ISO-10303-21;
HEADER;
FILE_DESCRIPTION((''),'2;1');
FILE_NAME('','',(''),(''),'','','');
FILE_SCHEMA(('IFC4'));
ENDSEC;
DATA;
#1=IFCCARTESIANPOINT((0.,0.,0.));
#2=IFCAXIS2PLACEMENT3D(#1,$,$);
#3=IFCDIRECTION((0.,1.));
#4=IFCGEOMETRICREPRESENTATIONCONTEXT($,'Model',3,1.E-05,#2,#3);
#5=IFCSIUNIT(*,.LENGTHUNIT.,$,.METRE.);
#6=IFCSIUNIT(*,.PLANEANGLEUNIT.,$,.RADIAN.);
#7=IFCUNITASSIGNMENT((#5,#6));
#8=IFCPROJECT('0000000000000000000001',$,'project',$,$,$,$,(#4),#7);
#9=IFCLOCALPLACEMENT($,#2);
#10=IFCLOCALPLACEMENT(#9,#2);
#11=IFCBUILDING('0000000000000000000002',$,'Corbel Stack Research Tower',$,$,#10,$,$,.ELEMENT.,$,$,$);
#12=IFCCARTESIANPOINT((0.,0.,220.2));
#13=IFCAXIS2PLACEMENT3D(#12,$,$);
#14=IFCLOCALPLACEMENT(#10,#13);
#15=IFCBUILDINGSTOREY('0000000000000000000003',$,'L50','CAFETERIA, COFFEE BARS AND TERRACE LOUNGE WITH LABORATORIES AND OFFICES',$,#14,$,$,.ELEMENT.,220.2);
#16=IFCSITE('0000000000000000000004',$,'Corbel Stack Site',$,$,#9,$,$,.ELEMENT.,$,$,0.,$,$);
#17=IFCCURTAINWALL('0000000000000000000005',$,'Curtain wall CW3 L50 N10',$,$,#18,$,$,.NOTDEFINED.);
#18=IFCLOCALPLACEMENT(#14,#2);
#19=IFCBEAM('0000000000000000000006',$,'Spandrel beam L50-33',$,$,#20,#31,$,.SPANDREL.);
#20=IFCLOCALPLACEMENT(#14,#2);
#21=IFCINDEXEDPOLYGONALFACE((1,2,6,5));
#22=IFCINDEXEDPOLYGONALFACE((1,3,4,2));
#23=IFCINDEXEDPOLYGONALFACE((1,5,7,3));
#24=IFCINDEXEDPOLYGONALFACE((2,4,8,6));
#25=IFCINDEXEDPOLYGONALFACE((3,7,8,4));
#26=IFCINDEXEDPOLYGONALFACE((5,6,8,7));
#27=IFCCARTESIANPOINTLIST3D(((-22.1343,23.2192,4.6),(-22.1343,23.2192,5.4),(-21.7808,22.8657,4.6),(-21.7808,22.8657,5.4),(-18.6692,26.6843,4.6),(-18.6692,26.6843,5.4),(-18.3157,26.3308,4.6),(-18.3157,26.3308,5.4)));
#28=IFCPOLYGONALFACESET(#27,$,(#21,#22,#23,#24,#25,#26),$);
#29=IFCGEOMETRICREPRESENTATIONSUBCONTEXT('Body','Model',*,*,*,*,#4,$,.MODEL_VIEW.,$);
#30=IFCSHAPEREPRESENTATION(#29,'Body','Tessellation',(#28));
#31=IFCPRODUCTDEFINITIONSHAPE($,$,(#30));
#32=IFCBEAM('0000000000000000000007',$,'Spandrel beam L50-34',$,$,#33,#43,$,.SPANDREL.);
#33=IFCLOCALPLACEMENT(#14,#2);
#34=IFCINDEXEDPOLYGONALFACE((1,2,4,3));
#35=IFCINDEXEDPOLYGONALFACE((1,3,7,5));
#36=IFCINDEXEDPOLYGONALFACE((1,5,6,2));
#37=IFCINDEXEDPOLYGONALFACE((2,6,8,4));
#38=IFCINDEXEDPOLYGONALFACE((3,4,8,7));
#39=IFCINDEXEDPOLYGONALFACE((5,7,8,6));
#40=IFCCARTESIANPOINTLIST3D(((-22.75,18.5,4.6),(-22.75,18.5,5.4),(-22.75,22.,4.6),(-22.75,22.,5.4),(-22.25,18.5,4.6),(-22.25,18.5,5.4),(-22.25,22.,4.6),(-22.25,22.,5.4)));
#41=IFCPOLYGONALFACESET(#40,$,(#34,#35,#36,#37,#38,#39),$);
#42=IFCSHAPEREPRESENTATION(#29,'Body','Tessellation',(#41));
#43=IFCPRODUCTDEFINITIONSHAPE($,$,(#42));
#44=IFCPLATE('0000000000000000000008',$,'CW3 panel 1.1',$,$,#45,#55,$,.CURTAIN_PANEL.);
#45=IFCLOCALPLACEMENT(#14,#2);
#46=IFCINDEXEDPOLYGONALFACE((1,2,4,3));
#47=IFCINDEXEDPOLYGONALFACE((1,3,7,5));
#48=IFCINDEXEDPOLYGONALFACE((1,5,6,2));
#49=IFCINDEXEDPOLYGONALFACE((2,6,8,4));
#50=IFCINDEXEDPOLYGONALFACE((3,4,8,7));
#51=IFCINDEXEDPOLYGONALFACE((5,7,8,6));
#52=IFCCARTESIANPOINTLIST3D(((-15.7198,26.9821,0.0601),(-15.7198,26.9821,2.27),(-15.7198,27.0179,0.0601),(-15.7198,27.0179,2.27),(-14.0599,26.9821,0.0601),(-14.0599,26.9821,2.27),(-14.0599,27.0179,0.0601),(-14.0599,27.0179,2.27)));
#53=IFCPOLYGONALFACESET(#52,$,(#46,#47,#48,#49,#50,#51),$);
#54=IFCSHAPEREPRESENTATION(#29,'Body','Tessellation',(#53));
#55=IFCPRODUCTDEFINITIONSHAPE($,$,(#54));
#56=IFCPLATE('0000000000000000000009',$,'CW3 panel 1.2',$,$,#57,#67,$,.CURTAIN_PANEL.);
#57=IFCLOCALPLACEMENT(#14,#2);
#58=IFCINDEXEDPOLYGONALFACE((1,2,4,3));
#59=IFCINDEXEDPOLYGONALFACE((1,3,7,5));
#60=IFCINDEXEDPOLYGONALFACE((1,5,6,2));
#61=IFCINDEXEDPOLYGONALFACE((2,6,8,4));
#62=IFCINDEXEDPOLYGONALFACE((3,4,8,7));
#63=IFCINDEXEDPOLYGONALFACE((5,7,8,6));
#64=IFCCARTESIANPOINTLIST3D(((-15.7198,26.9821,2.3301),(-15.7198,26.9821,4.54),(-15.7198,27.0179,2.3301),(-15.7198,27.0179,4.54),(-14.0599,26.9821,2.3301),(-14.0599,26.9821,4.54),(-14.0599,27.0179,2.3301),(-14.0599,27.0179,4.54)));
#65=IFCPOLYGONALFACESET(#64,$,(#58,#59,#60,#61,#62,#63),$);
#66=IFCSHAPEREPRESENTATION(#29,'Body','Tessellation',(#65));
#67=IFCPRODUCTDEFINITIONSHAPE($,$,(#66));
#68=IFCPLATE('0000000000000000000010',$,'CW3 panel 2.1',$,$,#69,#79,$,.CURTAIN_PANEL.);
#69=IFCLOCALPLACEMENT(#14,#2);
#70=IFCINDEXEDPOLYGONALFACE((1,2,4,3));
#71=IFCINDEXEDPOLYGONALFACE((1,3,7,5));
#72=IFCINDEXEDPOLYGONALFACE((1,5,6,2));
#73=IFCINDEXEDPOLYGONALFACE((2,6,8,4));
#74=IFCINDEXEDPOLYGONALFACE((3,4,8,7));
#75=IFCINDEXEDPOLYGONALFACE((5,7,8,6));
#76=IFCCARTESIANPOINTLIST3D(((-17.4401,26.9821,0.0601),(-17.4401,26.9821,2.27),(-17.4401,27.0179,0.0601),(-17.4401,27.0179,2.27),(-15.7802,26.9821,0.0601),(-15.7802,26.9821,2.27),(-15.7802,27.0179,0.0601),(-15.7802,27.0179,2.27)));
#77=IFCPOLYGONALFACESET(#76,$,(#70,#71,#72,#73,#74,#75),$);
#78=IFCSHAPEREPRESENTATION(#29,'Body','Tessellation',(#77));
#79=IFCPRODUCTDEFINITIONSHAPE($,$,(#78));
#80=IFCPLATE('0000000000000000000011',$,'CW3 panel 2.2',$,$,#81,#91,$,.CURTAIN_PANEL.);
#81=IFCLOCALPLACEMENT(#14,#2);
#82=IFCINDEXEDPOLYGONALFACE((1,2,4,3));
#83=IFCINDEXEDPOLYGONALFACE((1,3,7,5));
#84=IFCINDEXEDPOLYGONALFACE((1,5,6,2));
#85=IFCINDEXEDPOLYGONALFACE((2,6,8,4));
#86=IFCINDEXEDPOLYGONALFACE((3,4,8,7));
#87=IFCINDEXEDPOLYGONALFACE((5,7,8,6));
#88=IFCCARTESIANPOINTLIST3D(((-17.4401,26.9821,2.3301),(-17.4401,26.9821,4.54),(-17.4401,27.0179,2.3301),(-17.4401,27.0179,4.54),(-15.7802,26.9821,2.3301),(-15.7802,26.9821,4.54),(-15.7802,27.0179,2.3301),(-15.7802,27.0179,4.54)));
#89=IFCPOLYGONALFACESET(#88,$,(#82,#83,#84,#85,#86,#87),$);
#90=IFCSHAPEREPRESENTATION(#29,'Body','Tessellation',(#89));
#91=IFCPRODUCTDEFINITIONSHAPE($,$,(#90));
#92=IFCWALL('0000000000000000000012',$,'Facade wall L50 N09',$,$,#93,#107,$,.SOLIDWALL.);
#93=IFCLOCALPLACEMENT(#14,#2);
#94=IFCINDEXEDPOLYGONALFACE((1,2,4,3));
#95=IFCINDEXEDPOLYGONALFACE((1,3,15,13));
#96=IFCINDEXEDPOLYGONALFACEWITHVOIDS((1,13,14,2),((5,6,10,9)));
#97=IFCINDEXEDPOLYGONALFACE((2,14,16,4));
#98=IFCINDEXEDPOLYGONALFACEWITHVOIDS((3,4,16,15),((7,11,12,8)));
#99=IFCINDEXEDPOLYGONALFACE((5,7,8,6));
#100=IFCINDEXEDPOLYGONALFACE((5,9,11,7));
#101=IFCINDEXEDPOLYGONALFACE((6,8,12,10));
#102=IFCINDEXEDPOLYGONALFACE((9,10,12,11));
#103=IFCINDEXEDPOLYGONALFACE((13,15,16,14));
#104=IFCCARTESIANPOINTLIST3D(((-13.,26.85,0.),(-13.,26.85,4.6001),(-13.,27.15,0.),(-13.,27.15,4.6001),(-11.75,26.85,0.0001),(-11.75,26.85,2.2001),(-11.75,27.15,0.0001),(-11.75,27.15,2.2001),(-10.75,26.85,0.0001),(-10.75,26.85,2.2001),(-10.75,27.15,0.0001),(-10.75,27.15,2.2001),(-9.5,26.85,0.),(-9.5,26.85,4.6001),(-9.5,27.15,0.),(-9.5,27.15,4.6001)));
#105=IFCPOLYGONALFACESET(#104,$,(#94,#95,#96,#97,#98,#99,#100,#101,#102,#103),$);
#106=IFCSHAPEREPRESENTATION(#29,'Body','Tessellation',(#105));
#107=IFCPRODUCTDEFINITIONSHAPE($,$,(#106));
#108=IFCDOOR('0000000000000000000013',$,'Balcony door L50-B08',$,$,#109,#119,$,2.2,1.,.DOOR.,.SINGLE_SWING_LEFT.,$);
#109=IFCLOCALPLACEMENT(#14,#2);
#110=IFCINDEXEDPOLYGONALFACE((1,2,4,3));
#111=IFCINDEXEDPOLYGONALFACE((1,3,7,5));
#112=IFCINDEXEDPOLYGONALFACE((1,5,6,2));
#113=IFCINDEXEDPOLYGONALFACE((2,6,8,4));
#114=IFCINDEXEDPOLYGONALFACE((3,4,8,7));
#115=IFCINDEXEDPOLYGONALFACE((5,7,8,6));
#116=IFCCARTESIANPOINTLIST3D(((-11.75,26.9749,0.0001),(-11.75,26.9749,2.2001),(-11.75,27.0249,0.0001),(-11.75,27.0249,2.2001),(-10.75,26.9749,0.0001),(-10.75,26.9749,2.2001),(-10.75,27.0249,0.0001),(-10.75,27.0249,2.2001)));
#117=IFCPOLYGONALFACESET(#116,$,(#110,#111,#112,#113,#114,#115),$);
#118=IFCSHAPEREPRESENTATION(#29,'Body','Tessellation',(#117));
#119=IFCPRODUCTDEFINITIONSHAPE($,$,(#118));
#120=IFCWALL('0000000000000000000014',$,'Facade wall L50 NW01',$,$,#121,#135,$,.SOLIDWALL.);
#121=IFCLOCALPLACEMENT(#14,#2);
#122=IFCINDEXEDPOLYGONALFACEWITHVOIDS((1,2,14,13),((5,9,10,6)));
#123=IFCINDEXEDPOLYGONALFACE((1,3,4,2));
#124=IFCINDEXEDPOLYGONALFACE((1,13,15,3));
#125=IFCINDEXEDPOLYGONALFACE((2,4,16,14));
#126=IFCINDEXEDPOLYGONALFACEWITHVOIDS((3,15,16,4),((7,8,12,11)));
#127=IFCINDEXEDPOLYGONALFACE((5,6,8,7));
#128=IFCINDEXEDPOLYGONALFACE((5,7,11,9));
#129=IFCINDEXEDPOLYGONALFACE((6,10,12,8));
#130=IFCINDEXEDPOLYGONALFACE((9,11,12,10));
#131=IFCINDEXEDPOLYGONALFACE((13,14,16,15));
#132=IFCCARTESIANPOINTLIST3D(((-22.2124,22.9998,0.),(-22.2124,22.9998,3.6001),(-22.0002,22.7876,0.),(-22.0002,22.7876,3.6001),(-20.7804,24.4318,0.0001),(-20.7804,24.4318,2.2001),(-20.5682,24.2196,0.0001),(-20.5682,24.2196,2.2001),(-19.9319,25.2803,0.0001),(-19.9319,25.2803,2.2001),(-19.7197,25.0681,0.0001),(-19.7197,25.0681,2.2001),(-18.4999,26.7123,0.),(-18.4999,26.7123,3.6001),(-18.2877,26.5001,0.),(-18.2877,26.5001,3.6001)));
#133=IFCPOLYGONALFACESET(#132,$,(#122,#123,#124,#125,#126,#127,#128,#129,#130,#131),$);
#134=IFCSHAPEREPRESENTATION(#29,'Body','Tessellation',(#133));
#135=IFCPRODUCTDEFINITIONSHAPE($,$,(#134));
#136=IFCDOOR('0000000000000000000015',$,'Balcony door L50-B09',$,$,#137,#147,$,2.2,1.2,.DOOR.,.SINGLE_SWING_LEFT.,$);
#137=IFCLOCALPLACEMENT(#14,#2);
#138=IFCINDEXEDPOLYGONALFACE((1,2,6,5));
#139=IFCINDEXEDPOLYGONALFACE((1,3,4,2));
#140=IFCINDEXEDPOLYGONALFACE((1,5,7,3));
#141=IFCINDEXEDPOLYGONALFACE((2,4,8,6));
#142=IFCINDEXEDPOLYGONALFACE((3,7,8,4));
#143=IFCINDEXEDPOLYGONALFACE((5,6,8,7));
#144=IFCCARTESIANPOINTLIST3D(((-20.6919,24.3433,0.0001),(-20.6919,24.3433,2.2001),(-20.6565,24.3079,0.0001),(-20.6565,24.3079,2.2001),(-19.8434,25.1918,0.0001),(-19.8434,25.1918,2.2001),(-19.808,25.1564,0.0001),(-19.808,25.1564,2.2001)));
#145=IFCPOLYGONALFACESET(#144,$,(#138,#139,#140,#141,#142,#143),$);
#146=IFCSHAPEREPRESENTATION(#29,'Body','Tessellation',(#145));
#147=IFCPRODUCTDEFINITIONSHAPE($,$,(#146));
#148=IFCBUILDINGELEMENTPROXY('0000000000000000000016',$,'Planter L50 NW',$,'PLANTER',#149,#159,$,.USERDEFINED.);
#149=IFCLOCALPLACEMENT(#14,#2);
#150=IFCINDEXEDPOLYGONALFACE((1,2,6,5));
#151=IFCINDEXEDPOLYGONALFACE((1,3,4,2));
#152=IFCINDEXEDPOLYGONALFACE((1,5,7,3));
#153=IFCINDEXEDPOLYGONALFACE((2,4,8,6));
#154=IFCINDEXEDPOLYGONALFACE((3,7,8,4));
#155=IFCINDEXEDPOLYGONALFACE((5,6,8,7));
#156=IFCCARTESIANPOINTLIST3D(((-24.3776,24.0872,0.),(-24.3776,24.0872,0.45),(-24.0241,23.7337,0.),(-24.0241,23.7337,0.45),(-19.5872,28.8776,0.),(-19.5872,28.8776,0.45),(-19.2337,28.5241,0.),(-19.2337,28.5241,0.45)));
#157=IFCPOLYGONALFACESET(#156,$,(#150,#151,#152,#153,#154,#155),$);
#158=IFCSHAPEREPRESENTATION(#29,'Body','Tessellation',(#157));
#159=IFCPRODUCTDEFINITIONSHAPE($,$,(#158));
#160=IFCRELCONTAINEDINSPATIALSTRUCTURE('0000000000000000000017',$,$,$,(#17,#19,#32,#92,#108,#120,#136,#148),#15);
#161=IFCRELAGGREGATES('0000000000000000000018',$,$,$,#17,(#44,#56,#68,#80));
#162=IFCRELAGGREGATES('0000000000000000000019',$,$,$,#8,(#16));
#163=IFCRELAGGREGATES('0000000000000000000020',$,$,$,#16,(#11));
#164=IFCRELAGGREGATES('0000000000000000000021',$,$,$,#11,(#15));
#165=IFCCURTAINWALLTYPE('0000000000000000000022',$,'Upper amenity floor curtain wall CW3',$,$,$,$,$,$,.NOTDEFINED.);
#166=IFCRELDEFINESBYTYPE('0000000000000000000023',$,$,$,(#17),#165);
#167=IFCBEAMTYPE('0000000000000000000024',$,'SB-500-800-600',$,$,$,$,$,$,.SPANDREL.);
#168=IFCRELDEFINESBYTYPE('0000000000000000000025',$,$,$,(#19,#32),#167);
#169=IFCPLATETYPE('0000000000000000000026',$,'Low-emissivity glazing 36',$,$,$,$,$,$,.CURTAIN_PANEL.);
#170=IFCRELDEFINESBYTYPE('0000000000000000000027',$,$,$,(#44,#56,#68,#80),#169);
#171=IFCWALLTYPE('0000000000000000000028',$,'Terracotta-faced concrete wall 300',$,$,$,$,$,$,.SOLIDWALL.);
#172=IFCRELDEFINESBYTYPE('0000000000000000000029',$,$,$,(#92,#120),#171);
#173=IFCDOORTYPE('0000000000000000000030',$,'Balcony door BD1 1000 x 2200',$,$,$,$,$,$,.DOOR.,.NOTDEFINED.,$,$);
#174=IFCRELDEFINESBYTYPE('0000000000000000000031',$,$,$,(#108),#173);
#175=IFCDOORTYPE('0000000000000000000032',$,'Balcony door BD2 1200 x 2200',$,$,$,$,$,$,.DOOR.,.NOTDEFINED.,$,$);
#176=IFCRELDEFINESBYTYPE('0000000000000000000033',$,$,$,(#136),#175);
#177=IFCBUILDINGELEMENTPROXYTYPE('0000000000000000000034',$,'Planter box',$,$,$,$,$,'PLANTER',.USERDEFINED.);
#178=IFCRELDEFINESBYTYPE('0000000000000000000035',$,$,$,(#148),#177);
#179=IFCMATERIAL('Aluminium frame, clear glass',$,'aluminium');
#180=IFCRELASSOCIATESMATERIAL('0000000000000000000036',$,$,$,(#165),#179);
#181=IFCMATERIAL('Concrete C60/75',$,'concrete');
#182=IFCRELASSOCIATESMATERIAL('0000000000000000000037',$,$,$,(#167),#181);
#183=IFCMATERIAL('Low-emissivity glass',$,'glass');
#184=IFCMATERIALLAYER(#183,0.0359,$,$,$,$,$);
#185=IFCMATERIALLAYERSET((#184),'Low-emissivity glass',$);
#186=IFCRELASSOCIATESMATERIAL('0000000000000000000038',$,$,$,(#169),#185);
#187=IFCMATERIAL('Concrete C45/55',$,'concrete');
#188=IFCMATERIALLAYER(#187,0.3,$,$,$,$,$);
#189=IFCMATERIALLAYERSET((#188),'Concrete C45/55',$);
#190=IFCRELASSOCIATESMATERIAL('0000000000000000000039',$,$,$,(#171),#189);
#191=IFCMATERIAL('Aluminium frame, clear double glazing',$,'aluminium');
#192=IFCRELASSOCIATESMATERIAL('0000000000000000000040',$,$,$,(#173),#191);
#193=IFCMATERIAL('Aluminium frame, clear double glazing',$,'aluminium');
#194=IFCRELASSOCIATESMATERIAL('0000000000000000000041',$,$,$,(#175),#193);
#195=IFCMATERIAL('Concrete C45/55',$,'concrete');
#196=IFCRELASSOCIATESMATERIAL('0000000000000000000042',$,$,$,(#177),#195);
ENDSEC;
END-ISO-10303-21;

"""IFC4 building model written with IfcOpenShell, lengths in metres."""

from ifc_helpers import new_model, si_unit, direction, frame, frame_2d, origin, origin_2d, place, context, subcontext, project, spatial, rectangle, extrude, material, layer, layer_set, material_profile, profile_set, type_object, element, fill, aggregate, save


model = new_model("IFC4")

# Units and contexts
model_context = context("Model", 3, precision=1e-05, world=origin(), true_north=direction((0.0, 1.0)))
body_context = subcontext(model_context, "Body", "Model", "MODEL_VIEW")
ifc_project = project(units=[si_unit("LENGTHUNIT", "METRE"), si_unit("PLANEANGLEUNIT", "RADIAN")], contexts=[model_context])

# Site, building, storey
site_placement = place(None, origin())
site = spatial("IfcSite", under=ifc_project, at=site_placement, Name="Corbel Stack Site", CompositionType="ELEMENT", RefElevation=0.0)
building_placement = place(site_placement, origin())
building = spatial("IfcBuilding", under=site, at=building_placement, Name="Corbel Stack Research Tower", CompositionType="ELEMENT")
storey_placement = place(building_placement, frame((0.0, 0.0, 220.2)))
storey = spatial("IfcBuildingStorey", under=building, at=storey_placement, Name="L50", Description="CAFETERIA, COFFEE BARS AND TERRACE LOUNGE WITH LABORATORIES AND OFFICES", CompositionType="ELEMENT", Elevation=220.2)

# Curtain wall
ifc_material_1 = material(Name="Aluminium frame, clear glass", Category="aluminium")
curtain_wall_type = type_object("IfcCurtainWallType", Name="Upper amenity floor curtain wall CW3", PredefinedType="NOTDEFINED", material=ifc_material_1)
curtain_wall_placement = place(storey_placement, origin())
curtain_wall = element("IfcCurtainWall", 1, at=curtain_wall_placement, inside=storey, type_object=curtain_wall_type, Name="Curtain wall CW3 L50 N10", PredefinedType="NOTDEFINED")

# Beams
ifc_material_2 = material(Name="Concrete C60/75", Category="concrete")
ifc_material_profile_1 = material_profile(ifc_material_2, rectangle(XDim=0.5, YDim=0.8, at=origin_2d()), Name="RC 500 x 800")
ifc_profile_set_1 = profile_set([ifc_material_profile_1], Name="Concrete C60/75")
beam_type = type_object("IfcBeamType", Name="SB-500-800-600", PredefinedType="SPANDREL", material=ifc_profile_set_1)
beam_1_placement = place(storey_placement, frame((-18.4924, 26.5076, 5.0), z_axis=(-0.707107, -0.707107, 0.0), x_axis=(0.707107, -0.707107, 0.0)))
element("IfcBeam", 2, at=beam_1_placement, inside=storey, type_object=beam_type, Name="Spandrel beam L50-33", PredefinedType="SPANDREL", context=body_context, shape_type="SweptSolid", body=[
    extrude(rectangle(XDim=0.5, YDim=0.8, at=origin_2d()), origin(), (0.0, 0.0, 1.0), 4.9004),
])
beam_2_placement = place(storey_placement, frame((-22.5, 22.0, 5.0), z_axis=(0.0, -1.0, 0.0), x_axis=(1.0, 0.0, 0.0)))
element("IfcBeam", 3, at=beam_2_placement, inside=storey, type_object=beam_type, Name="Spandrel beam L50-34", PredefinedType="SPANDREL", context=body_context, shape_type="SweptSolid", body=[
    extrude(rectangle(XDim=0.5, YDim=0.8, at=origin_2d()), origin(), (0.0, 0.0, 1.0), 3.5),
])

# Plates
ifc_material_3 = material(Name="Low-emissivity glass", Category="glass")
ifc_layer_1 = layer(ifc_material_3, 0.0359)
ifc_layer_set_1 = layer_set([ifc_layer_1], Name="Low-emissivity glass")
plate_type = type_object("IfcPlateType", Name="Low-emissivity glazing 36", PredefinedType="CURTAIN_PANEL", material=ifc_layer_set_1)
plate_1_placement = place(storey_placement, frame((-14.8899, 27.0, 0.0601), z_axis=(0.0, 0.0, 1.0), x_axis=(-1.0, 0.0, 0.0)))
plate_1 = element("IfcPlate", 4, at=plate_1_placement, type_object=plate_type, Name="CW3 panel 1.1", PredefinedType="CURTAIN_PANEL", context=body_context, shape_type="SweptSolid", body=[
    extrude(rectangle(XDim=1.6599, YDim=0.0359, at=origin_2d()), origin(), (0.0, 0.0, 1.0), 2.21),
])
plate_2_placement = place(storey_placement, frame((-14.8899, 27.0, 2.3301), z_axis=(0.0, 0.0, 1.0), x_axis=(-1.0, 0.0, 0.0)))
plate_2 = element("IfcPlate", 5, at=plate_2_placement, type_object=plate_type, Name="CW3 panel 1.2", PredefinedType="CURTAIN_PANEL", context=body_context, shape_type="SweptSolid", body=[
    extrude(rectangle(XDim=1.6599, YDim=0.0359, at=origin_2d()), origin(), (0.0, 0.0, 1.0), 2.21),
])
plate_3_placement = place(storey_placement, frame((-16.6101, 27.0, 0.0601), z_axis=(0.0, 0.0, 1.0), x_axis=(-1.0, 0.0, 0.0)))
plate_3 = element("IfcPlate", 6, at=plate_3_placement, type_object=plate_type, Name="CW3 panel 2.1", PredefinedType="CURTAIN_PANEL", context=body_context, shape_type="SweptSolid", body=[
    extrude(rectangle(XDim=1.6599, YDim=0.0359, at=origin_2d()), origin(), (0.0, 0.0, 1.0), 2.21),
])
plate_4_placement = place(storey_placement, frame((-16.6101, 27.0, 2.3301), z_axis=(0.0, 0.0, 1.0), x_axis=(-1.0, 0.0, 0.0)))
plate_4 = element("IfcPlate", 7, at=plate_4_placement, type_object=plate_type, Name="CW3 panel 2.2", PredefinedType="CURTAIN_PANEL", context=body_context, shape_type="SweptSolid", body=[
    extrude(rectangle(XDim=1.6599, YDim=0.0359, at=origin_2d()), origin(), (0.0, 0.0, 1.0), 2.21),
])
aggregate(curtain_wall, [plate_1, plate_2, plate_3, plate_4])

# Walls, openings, doors
ifc_material_4 = material(Name="Concrete C45/55", Category="concrete")
ifc_layer_2 = layer(ifc_material_4, 0.3)
ifc_layer_set_2 = layer_set([ifc_layer_2], Name="Concrete C45/55")
wall_type = type_object("IfcWallType", Name="Terracotta-faced concrete wall 300", PredefinedType="SOLIDWALL", material=ifc_layer_set_2)
wall_1_placement = place(storey_placement, frame((-13.0, 27.0, 0.0), z_axis=(0.0, 0.0, 1.0), x_axis=(1.0, 0.0, 0.0)))
wall_1 = element("IfcWall", 8, at=wall_1_placement, inside=storey, type_object=wall_type, Name="Facade wall L50 N09", PredefinedType="SOLIDWALL", context=body_context, shape_type="SweptSolid", body=[
    extrude(rectangle(XDim=3.5, YDim=0.3, at=frame_2d((1.75, 0.0))), origin(), (0.0, 0.0, 1.0), 4.6001),
])
opening_1_placement = place(wall_1_placement, frame((1.25, 0.0, 0.0)))
opening_1 = element("IfcOpeningElement", 9, at=opening_1_placement, cuts=wall_1, PredefinedType="OPENING", context=body_context, shape_type="SweptSolid", body=[
    extrude(rectangle(XDim=1.0, YDim=2.2, at=frame_2d((0.5, 1.1001))), frame((0.0, 0.1599, 0.0), z_axis=(0.0, -1.0, 0.0), x_axis=(1.0, 0.0, 0.0)), (0.0, 0.0, 1.0), 0.3201),
])
ifc_material_5 = material(Name="Aluminium frame, clear double glazing", Category="aluminium")
door_type_1 = type_object("IfcDoorType", Name="Balcony door BD1 1000 x 2200", OperationType="NOTDEFINED", PredefinedType="DOOR", material=ifc_material_5)
door_1_placement = place(opening_1_placement, origin())
door_1 = element("IfcDoor", 10, at=door_1_placement, inside=storey, type_object=door_type_1, Name="Balcony door L50-B08", OperationType="SINGLE_SWING_LEFT", OverallHeight=2.2, OverallWidth=1.0, PredefinedType="DOOR", context=body_context, shape_type="SweptSolid", body=[
    extrude(rectangle(XDim=1.0, YDim=2.2, at=frame_2d((0.5, 1.1001))), frame((0.0, 0.0249, 0.0), z_axis=(0.0, -1.0, 0.0), x_axis=(1.0, 0.0, 0.0)), (0.0, 0.0, 1.0), 0.05),
])
fill(opening_1, door_1)
wall_2_placement = place(storey_placement, frame((-22.1062, 22.8938, 0.0), z_axis=(0.0, 0.0, 1.0), x_axis=(0.707107, 0.707107, 0.0)))
wall_2 = element("IfcWall", 11, at=wall_2_placement, inside=storey, type_object=wall_type, Name="Facade wall L50 NW01", PredefinedType="SOLIDWALL", context=body_context, shape_type="SweptSolid", body=[
    extrude(rectangle(XDim=5.2502, YDim=0.3, at=frame_2d((2.625, 0.0))), origin(), (0.0, 0.0, 1.0), 3.6001),
])
opening_2_placement = place(wall_2_placement, frame((2.0249, 0.0, 0.0)))
opening_2 = element("IfcOpeningElement", 12, at=opening_2_placement, cuts=wall_2, PredefinedType="OPENING", context=body_context, shape_type="SweptSolid", body=[
    extrude(rectangle(XDim=1.2, YDim=2.2, at=frame_2d((0.6001, 1.1001))), frame((0.0, 0.1599, 0.0), z_axis=(0.0, -1.0, 0.0), x_axis=(1.0, 0.0, 0.0)), (0.0, 0.0, 1.0), 0.3201),
])
ifc_material_6 = material(Name="Aluminium frame, clear double glazing", Category="aluminium")
door_type_2 = type_object("IfcDoorType", Name="Balcony door BD2 1200 x 2200", OperationType="NOTDEFINED", PredefinedType="DOOR", material=ifc_material_6)
door_2_placement = place(opening_2_placement, origin())
door_2 = element("IfcDoor", 13, at=door_2_placement, inside=storey, type_object=door_type_2, Name="Balcony door L50-B09", OperationType="SINGLE_SWING_LEFT", OverallHeight=2.2, OverallWidth=1.2, PredefinedType="DOOR", context=body_context, shape_type="SweptSolid", body=[
    extrude(rectangle(XDim=1.2, YDim=2.2, at=frame_2d((0.6001, 1.1001))), frame((0.0, 0.0249, 0.0), z_axis=(0.0, -1.0, 0.0), x_axis=(1.0, 0.0, 0.0)), (0.0, 0.0, 1.0), 0.05),
])
fill(opening_2, door_2)

# Building element proxy
ifc_material_7 = material(Name="Concrete C45/55", Category="concrete")
building_element_proxy_type = type_object("IfcBuildingElementProxyType", Name="Planter box", ElementType="PLANTER", PredefinedType="USERDEFINED", material=ifc_material_7)
proxy_placement = place(storey_placement, frame((-21.8057, 26.3057, 0.0), z_axis=(0.0, 0.0, 1.0), x_axis=(-0.707107, -0.707107, 0.0)))
element("IfcBuildingElementProxy", 14, at=proxy_placement, inside=storey, type_object=building_element_proxy_type, Name="Planter L50 NW", ObjectType="PLANTER", PredefinedType="USERDEFINED", context=body_context, shape_type="SweptSolid", body=[
    extrude(rectangle(XDim=6.7747, YDim=0.5, at=origin_2d()), origin(), (0.0, 0.0, 1.0), 0.45),
])

save(model, "model.ifc")
